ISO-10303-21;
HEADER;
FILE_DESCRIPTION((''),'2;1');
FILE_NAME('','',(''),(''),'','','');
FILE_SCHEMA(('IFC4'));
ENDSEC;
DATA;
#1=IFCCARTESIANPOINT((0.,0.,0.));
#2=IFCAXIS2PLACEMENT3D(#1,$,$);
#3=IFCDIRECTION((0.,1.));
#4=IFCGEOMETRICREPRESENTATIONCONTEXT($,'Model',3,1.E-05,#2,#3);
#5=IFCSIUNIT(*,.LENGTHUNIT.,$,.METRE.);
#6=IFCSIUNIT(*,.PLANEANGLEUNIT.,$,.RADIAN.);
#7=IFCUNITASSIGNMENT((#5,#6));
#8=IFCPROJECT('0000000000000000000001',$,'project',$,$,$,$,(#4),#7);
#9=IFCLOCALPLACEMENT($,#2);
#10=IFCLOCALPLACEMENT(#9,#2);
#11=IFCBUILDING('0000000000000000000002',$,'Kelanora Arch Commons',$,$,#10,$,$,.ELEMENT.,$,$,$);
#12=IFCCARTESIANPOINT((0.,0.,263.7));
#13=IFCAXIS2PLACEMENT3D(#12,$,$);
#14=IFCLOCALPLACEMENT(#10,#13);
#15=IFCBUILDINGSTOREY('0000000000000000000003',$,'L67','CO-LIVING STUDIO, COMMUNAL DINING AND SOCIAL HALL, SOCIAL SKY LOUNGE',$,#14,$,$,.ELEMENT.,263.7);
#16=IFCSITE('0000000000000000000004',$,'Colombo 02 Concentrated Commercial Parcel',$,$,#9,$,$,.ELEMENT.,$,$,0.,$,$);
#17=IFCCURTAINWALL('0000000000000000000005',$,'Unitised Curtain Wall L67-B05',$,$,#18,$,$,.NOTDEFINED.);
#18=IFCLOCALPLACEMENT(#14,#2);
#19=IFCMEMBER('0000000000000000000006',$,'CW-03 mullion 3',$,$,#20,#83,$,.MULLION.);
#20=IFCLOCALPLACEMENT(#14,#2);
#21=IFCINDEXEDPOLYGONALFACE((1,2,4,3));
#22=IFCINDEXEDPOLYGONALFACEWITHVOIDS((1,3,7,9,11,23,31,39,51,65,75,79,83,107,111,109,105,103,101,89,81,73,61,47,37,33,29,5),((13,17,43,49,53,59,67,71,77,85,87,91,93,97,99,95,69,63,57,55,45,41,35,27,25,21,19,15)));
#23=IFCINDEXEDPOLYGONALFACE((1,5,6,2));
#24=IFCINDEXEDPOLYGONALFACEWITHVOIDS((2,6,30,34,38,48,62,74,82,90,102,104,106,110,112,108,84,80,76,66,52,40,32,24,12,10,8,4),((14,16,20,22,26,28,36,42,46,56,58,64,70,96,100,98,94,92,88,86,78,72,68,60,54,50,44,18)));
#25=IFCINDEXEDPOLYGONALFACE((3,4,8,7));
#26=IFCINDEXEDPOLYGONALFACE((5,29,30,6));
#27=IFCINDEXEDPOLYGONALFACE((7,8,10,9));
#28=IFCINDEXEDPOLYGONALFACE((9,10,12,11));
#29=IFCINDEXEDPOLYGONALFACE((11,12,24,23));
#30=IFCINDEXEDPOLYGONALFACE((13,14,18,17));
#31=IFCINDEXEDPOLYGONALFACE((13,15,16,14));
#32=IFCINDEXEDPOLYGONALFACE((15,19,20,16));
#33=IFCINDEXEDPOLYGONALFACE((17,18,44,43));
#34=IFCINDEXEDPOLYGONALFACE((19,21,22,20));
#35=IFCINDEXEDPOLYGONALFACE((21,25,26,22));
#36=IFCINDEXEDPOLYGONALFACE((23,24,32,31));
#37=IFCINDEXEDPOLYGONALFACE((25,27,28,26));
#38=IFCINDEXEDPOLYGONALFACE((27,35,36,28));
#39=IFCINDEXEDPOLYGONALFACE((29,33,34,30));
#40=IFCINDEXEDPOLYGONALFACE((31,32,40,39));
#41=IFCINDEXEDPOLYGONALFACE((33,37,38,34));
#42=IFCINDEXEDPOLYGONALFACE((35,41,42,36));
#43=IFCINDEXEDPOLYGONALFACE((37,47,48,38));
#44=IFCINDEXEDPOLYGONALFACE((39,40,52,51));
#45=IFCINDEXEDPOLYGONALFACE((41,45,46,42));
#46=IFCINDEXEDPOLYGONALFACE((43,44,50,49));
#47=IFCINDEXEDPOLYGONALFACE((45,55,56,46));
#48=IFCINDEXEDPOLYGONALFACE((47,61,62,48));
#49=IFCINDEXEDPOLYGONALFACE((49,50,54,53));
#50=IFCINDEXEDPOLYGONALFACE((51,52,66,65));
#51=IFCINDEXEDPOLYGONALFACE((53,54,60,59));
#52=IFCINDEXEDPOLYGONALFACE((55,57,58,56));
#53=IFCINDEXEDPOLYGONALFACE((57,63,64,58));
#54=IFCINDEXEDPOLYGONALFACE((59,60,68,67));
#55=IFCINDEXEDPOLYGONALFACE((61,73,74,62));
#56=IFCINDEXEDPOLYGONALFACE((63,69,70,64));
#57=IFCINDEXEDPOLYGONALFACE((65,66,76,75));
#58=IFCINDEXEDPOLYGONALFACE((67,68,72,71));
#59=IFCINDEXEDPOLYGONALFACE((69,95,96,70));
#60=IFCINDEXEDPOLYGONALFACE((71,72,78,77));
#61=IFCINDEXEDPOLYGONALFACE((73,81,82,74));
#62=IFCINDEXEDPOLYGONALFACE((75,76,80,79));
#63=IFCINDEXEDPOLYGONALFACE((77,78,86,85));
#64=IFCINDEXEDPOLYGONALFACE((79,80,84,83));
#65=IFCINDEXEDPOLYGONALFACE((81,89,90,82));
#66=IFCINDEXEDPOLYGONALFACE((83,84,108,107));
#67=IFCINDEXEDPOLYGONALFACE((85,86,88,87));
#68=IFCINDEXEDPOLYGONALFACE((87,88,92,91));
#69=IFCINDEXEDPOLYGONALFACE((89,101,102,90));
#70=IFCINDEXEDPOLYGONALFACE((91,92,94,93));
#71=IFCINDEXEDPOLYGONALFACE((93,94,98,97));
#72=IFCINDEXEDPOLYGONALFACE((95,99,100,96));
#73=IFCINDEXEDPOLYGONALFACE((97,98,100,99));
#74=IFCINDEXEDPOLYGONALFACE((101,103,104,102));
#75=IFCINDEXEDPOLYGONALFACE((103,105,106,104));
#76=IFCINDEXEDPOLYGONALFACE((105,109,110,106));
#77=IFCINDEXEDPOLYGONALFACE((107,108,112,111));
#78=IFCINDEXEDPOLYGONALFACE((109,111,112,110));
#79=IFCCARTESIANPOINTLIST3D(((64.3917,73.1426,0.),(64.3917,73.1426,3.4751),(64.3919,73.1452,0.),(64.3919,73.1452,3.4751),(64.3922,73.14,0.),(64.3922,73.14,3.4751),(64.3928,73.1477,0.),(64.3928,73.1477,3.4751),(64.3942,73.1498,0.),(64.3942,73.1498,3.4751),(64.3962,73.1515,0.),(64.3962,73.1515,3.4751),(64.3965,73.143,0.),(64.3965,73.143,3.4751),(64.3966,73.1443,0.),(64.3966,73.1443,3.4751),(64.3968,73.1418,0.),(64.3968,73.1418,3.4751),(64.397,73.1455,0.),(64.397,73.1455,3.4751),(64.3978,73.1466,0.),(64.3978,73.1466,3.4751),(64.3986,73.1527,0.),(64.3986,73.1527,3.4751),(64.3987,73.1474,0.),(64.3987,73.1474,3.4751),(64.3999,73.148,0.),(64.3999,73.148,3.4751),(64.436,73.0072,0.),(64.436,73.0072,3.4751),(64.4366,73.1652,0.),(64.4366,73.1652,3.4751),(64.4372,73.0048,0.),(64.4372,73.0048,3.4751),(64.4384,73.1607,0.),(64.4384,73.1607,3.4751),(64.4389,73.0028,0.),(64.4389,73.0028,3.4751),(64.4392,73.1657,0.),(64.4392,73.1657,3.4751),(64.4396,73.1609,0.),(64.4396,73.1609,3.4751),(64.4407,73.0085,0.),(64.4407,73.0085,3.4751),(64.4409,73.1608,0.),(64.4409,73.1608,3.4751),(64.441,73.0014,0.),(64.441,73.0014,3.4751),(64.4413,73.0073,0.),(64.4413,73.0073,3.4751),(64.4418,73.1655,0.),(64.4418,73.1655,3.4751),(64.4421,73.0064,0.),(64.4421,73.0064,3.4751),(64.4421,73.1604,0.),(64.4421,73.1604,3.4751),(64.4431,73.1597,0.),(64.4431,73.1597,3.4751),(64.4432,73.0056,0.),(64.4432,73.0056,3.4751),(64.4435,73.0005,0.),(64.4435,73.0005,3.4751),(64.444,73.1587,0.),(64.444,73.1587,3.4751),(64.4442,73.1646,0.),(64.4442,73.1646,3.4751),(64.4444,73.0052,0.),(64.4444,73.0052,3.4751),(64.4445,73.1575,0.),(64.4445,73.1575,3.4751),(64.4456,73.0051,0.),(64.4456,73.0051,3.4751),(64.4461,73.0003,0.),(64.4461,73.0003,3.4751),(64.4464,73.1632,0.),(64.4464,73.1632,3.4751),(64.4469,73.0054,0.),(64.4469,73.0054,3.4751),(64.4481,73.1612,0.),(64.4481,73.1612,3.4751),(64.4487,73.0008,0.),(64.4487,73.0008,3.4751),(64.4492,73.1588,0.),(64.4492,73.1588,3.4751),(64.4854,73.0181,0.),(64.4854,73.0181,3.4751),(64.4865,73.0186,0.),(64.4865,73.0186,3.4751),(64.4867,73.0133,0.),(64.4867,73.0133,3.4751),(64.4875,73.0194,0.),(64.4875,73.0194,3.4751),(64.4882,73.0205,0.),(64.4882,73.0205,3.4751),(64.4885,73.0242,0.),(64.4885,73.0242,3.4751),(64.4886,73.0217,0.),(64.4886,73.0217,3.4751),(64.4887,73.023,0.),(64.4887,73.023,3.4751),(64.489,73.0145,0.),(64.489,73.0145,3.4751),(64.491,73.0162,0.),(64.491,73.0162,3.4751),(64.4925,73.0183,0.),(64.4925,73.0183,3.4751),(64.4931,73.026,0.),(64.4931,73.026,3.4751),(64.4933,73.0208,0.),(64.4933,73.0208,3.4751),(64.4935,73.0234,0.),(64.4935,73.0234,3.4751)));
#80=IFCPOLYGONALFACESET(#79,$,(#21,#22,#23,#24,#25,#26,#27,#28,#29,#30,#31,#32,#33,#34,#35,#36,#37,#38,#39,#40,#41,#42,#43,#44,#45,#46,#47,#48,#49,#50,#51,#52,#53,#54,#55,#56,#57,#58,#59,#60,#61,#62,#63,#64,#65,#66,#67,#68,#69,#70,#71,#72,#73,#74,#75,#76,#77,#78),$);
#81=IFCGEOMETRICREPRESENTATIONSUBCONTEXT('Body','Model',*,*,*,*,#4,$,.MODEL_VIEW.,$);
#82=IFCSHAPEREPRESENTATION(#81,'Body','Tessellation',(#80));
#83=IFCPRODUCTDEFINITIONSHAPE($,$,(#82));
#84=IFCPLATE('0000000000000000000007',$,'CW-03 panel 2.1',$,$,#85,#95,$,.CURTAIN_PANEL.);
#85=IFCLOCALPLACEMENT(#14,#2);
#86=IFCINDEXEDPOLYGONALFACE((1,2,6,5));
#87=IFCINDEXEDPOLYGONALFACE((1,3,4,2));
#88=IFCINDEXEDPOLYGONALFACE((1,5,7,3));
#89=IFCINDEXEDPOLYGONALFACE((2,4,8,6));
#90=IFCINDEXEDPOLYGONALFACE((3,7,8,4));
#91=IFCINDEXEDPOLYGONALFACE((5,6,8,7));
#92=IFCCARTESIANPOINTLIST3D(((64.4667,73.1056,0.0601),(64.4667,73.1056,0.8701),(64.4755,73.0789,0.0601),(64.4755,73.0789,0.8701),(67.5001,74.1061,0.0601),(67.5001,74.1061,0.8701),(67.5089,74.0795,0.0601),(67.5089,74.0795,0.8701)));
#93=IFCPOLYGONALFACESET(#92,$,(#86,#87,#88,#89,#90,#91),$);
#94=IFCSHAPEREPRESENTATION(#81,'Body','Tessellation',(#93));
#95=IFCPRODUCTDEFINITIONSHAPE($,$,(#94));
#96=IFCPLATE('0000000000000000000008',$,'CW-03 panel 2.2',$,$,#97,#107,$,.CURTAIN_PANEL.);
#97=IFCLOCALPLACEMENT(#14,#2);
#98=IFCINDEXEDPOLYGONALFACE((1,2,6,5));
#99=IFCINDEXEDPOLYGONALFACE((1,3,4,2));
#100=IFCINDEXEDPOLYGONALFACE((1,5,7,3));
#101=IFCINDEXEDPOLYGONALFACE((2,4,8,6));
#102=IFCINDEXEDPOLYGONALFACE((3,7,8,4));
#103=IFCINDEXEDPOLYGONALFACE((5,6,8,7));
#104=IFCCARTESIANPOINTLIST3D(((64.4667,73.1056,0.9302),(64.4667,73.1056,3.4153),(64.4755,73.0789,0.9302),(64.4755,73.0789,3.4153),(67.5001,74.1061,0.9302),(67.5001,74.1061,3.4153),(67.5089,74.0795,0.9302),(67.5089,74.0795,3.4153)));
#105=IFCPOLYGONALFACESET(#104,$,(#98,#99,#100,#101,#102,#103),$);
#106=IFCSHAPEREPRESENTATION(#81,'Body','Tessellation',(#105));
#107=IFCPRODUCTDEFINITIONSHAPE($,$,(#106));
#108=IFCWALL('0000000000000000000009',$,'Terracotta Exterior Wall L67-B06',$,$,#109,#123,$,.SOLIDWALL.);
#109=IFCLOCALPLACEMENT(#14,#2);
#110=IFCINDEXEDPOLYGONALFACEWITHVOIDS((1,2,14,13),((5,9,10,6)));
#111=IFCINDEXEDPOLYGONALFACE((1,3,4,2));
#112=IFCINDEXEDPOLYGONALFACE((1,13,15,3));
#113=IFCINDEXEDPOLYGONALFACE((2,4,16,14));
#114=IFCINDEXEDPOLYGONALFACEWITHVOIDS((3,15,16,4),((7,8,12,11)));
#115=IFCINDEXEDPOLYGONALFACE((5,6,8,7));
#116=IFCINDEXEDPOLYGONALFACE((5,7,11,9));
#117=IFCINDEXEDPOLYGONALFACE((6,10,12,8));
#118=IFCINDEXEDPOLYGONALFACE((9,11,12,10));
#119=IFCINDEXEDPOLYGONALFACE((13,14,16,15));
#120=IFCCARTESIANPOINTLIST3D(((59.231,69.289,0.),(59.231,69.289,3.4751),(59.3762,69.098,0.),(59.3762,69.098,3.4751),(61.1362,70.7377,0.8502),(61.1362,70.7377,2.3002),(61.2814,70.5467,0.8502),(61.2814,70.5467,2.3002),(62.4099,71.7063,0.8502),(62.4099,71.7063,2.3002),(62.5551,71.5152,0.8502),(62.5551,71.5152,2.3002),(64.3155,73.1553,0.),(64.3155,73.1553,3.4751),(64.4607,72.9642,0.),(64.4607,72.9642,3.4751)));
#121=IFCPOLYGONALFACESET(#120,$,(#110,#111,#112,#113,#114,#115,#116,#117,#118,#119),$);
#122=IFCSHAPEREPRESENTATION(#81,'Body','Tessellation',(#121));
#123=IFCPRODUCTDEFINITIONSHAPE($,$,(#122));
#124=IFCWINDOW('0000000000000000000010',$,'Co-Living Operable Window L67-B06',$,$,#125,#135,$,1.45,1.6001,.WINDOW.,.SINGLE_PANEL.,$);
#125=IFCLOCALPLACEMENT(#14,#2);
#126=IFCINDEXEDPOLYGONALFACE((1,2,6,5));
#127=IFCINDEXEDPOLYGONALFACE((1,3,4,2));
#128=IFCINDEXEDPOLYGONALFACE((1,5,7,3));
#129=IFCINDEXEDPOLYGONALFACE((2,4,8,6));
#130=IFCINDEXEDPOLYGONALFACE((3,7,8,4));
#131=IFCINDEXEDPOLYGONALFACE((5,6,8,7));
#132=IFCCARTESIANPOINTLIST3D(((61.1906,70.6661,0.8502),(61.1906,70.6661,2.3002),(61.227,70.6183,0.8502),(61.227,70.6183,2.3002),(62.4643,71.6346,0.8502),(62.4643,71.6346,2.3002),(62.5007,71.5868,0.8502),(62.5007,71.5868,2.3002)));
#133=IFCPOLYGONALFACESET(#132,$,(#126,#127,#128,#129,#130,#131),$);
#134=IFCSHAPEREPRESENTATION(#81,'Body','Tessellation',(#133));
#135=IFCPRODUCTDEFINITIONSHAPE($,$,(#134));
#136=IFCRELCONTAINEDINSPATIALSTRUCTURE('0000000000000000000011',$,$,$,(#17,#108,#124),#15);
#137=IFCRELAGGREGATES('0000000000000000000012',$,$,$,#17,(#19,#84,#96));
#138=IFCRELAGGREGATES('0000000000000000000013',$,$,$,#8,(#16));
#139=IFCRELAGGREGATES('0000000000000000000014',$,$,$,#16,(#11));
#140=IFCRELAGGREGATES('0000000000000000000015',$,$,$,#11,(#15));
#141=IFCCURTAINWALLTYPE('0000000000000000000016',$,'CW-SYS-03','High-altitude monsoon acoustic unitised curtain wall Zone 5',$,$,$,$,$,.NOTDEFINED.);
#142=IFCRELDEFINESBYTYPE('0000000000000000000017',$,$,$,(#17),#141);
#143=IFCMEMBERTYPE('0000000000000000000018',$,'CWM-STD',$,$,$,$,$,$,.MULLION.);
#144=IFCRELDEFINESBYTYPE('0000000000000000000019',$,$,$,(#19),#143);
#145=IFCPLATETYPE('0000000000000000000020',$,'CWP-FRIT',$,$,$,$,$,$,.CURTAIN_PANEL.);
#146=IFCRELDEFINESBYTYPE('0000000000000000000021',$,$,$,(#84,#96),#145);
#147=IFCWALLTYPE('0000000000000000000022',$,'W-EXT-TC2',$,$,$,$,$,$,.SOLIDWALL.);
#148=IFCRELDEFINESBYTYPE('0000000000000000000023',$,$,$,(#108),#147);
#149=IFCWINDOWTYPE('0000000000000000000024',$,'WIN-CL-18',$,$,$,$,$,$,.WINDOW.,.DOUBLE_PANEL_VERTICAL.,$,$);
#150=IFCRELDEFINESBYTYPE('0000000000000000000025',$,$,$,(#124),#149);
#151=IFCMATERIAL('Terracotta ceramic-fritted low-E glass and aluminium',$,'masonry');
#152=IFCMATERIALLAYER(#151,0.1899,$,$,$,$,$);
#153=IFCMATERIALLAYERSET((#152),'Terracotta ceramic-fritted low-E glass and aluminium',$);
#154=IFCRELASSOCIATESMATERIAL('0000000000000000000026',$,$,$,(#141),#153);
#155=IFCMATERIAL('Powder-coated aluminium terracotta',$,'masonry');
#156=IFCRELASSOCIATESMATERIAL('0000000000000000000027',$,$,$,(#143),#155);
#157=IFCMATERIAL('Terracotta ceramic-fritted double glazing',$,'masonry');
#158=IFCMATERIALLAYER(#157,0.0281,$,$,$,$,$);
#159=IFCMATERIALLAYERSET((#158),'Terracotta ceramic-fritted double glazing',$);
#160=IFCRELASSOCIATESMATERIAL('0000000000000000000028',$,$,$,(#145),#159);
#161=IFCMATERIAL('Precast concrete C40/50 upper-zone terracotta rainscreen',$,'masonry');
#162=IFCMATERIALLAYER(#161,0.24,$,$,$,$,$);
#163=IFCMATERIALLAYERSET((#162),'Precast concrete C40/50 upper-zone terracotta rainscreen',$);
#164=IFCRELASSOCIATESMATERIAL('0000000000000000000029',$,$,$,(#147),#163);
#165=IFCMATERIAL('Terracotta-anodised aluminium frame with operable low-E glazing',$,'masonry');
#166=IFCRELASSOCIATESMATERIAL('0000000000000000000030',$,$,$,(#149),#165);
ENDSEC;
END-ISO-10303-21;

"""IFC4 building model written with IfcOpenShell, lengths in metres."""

from ifc_helpers import new_model, si_unit, direction, frame, frame_2d, origin, origin_2d, place, context, subcontext, project, spatial, rectangle, hollow_rectangle, extrude, source, transform, mapped, material, layer, layer_set, material_profile, profile_set, type_object, element, fill, aggregate, save


model = new_model("IFC4")

# Units and contexts
model_context = context("Model", 3, precision=1e-05, world=origin(), true_north=direction((0.0, 1.0)))
body_context = subcontext(model_context, "Body", "Model", "MODEL_VIEW")
ifc_project = project(units=[si_unit("LENGTHUNIT", "METRE"), si_unit("PLANEANGLEUNIT", "RADIAN")], contexts=[model_context])

# Site, building, storey
site_placement = place(None, origin())
site = spatial("IfcSite", under=ifc_project, at=site_placement, Name="Colombo 02 Concentrated Commercial Parcel", CompositionType="ELEMENT", RefElevation=0.0)
building_placement = place(site_placement, origin())
building = spatial("IfcBuilding", under=site, at=building_placement, Name="Kelanora Arch Commons", CompositionType="ELEMENT")
storey_placement = place(building_placement, frame((0.0, 0.0, 263.7)))
storey = spatial("IfcBuildingStorey", under=building, at=storey_placement, Name="L67", Description="CO-LIVING STUDIO, COMMUNAL DINING AND SOCIAL HALL, SOCIAL SKY LOUNGE", CompositionType="ELEMENT", Elevation=263.7)

# Curtain wall, member, plates
ifc_material_1 = material(Name="Terracotta ceramic-fritted low-E glass and aluminium", Category="masonry")
ifc_layer_1 = layer(ifc_material_1, 0.1899)
ifc_layer_set_1 = layer_set([ifc_layer_1], Name="Terracotta ceramic-fritted low-E glass and aluminium")
curtain_wall_type = type_object("IfcCurtainWallType", Name="CW-SYS-03", Description="High-altitude monsoon acoustic unitised curtain wall Zone 5", PredefinedType="NOTDEFINED", material=ifc_layer_set_1)
curtain_wall_placement = place(storey_placement, origin())
curtain_wall = element("IfcCurtainWall", 1, at=curtain_wall_placement, inside=storey, type_object=curtain_wall_type, Name="Unitised Curtain Wall L67-B05", PredefinedType="NOTDEFINED")
ifc_material_2 = material(Name="Powder-coated aluminium terracotta", Category="masonry")
ifc_material_profile_1 = material_profile(ifc_material_2, hollow_rectangle(XDim=0.1599, YDim=0.0601, WallThickness=0.0049, InnerFilletRadius=0.0049, OuterFilletRadius=0.01, at=origin_2d()), Name="CWM160x60")
ifc_profile_set_1 = profile_set([ifc_material_profile_1], Name="Powder-coated aluminium terracotta")
member_type = type_object("IfcMemberType", Name="CWM-STD", PredefinedType="MULLION", material=ifc_profile_set_1)
member_placement = place(storey_placement, frame((64.4426, 73.083, 0.0), z_axis=(0.0, 0.0, 1.0), x_axis=(0.313253, -0.94967, 0.0)))
member = element("IfcMember", 2, at=member_placement, type_object=member_type, Name="CW-03 mullion 3", PredefinedType="MULLION", context=body_context, shape_type="SweptSolid", body=[
    extrude(hollow_rectangle(XDim=0.1599, YDim=0.0601, WallThickness=0.0049, InnerFilletRadius=0.0049, OuterFilletRadius=0.01, at=origin_2d()), origin(), (0.0, 0.0, 1.0), 3.4751),
])
ifc_material_3 = material(Name="Terracotta ceramic-fritted double glazing", Category="masonry")
ifc_layer_2 = layer(ifc_material_3, 0.0281)
ifc_layer_set_2 = layer_set([ifc_layer_2], Name="Terracotta ceramic-fritted double glazing")
plate_type = type_object("IfcPlateType", Name="CWP-FRIT", PredefinedType="CURTAIN_PANEL", material=ifc_layer_set_2)
shared_shape_1 = source(origin(), body_context, "Body", "SweptSolid", [
    extrude(rectangle(XDim=3.1941, YDim=0.0281, at=origin_2d()), origin(), (0.0, 0.0, 1.0), 0.8101),
])
plate_1_placement = place(storey_placement, frame((65.9878, 73.5925, 0.0601), z_axis=(0.0, 0.0, 1.0), x_axis=(-0.94967, -0.313253, 0.0)))
plate_1 = element("IfcPlate", 3, at=plate_1_placement, type_object=plate_type, Name="CW-03 panel 2.1", PredefinedType="CURTAIN_PANEL", context=body_context, shape_type="MappedRepresentation", body=[
    mapped(shared_shape_1, transform((0.0, 0.0, 0.0), scale=1.0)),
])
shared_shape_2 = source(origin(), body_context, "Body", "SweptSolid", [
    extrude(rectangle(XDim=3.1941, YDim=0.0281, at=origin_2d()), origin(), (0.0, 0.0, 1.0), 2.4851),
])
plate_2_placement = place(storey_placement, frame((65.9878, 73.5925, 0.9302), z_axis=(0.0, 0.0, 1.0), x_axis=(-0.94967, -0.313253, 0.0)))
plate_2 = element("IfcPlate", 4, at=plate_2_placement, type_object=plate_type, Name="CW-03 panel 2.2", PredefinedType="CURTAIN_PANEL", context=body_context, shape_type="MappedRepresentation", body=[
    mapped(shared_shape_2, transform((0.0, 0.0, 0.0), scale=1.0)),
])
aggregate(curtain_wall, [member, plate_1, plate_2])

# Wall, opening, window
ifc_material_4 = material(Name="Precast concrete C40/50 upper-zone terracotta rainscreen", Category="masonry")
ifc_layer_3 = layer(ifc_material_4, 0.24)
ifc_layer_set_3 = layer_set([ifc_layer_3], Name="Precast concrete C40/50 upper-zone terracotta rainscreen")
wall_type_1 = type_object("IfcWallType", Name="W-EXT-TC2", PredefinedType="SOLIDWALL", material=ifc_layer_set_3)
wall_1_placement = place(storey_placement, frame((64.3882, 73.0598, 0.0), z_axis=(0.0, 0.0, 1.0), x_axis=(-0.79601, -0.605283, 0.0)))
wall_1 = element("IfcWall", 5, at=wall_1_placement, inside=storey, type_object=wall_type_1, Name="Terracotta Exterior Wall L67-B06", PredefinedType="SOLIDWALL", context=body_context, shape_type="SweptSolid", body=[
    extrude(rectangle(XDim=6.3875, YDim=0.24, at=frame_2d((3.1938, 0.0))), origin(), (0.0, 0.0, 1.0), 3.4751),
])
opening_1_placement = place(wall_1_placement, frame((2.394, 0.0, 0.8501)))
opening_1 = element("IfcOpeningElement", 6, at=opening_1_placement, cuts=wall_1, PredefinedType="OPENING", context=body_context, shape_type="SweptSolid", body=[
    extrude(rectangle(XDim=1.6001, YDim=1.45, at=frame_2d((0.8, 0.7251))), frame((0.0, 0.1299, 0.0), z_axis=(0.0, -1.0, 0.0), x_axis=(1.0, 0.0, 0.0)), (0.0, 0.0, 1.0), 0.26),
])
ifc_material_5 = material(Name="Terracotta-anodised aluminium frame with operable low-E glazing", Category="masonry")
window_type_1 = type_object("IfcWindowType", Name="WIN-CL-18", PartitioningType="DOUBLE_PANEL_VERTICAL", PredefinedType="WINDOW", material=ifc_material_5)
window_1_placement = place(opening_1_placement, origin())
window_1 = element("IfcWindow", 7, at=window_1_placement, inside=storey, type_object=window_type_1, Name="Co-Living Operable Window L67-B06", OverallHeight=1.45, OverallWidth=1.6001, PartitioningType="SINGLE_PANEL", PredefinedType="WINDOW", context=body_context, shape_type="SweptSolid", body=[
    extrude(rectangle(XDim=1.6001, YDim=1.45, at=frame_2d((0.8, 0.7251))), frame((0.0, 0.03, 0.0), z_axis=(0.0, -1.0, 0.0), x_axis=(1.0, 0.0, 0.0)), (0.0, 0.0, 1.0), 0.0601),
])
fill(opening_1, window_1)

save(model, "model.ifc")
